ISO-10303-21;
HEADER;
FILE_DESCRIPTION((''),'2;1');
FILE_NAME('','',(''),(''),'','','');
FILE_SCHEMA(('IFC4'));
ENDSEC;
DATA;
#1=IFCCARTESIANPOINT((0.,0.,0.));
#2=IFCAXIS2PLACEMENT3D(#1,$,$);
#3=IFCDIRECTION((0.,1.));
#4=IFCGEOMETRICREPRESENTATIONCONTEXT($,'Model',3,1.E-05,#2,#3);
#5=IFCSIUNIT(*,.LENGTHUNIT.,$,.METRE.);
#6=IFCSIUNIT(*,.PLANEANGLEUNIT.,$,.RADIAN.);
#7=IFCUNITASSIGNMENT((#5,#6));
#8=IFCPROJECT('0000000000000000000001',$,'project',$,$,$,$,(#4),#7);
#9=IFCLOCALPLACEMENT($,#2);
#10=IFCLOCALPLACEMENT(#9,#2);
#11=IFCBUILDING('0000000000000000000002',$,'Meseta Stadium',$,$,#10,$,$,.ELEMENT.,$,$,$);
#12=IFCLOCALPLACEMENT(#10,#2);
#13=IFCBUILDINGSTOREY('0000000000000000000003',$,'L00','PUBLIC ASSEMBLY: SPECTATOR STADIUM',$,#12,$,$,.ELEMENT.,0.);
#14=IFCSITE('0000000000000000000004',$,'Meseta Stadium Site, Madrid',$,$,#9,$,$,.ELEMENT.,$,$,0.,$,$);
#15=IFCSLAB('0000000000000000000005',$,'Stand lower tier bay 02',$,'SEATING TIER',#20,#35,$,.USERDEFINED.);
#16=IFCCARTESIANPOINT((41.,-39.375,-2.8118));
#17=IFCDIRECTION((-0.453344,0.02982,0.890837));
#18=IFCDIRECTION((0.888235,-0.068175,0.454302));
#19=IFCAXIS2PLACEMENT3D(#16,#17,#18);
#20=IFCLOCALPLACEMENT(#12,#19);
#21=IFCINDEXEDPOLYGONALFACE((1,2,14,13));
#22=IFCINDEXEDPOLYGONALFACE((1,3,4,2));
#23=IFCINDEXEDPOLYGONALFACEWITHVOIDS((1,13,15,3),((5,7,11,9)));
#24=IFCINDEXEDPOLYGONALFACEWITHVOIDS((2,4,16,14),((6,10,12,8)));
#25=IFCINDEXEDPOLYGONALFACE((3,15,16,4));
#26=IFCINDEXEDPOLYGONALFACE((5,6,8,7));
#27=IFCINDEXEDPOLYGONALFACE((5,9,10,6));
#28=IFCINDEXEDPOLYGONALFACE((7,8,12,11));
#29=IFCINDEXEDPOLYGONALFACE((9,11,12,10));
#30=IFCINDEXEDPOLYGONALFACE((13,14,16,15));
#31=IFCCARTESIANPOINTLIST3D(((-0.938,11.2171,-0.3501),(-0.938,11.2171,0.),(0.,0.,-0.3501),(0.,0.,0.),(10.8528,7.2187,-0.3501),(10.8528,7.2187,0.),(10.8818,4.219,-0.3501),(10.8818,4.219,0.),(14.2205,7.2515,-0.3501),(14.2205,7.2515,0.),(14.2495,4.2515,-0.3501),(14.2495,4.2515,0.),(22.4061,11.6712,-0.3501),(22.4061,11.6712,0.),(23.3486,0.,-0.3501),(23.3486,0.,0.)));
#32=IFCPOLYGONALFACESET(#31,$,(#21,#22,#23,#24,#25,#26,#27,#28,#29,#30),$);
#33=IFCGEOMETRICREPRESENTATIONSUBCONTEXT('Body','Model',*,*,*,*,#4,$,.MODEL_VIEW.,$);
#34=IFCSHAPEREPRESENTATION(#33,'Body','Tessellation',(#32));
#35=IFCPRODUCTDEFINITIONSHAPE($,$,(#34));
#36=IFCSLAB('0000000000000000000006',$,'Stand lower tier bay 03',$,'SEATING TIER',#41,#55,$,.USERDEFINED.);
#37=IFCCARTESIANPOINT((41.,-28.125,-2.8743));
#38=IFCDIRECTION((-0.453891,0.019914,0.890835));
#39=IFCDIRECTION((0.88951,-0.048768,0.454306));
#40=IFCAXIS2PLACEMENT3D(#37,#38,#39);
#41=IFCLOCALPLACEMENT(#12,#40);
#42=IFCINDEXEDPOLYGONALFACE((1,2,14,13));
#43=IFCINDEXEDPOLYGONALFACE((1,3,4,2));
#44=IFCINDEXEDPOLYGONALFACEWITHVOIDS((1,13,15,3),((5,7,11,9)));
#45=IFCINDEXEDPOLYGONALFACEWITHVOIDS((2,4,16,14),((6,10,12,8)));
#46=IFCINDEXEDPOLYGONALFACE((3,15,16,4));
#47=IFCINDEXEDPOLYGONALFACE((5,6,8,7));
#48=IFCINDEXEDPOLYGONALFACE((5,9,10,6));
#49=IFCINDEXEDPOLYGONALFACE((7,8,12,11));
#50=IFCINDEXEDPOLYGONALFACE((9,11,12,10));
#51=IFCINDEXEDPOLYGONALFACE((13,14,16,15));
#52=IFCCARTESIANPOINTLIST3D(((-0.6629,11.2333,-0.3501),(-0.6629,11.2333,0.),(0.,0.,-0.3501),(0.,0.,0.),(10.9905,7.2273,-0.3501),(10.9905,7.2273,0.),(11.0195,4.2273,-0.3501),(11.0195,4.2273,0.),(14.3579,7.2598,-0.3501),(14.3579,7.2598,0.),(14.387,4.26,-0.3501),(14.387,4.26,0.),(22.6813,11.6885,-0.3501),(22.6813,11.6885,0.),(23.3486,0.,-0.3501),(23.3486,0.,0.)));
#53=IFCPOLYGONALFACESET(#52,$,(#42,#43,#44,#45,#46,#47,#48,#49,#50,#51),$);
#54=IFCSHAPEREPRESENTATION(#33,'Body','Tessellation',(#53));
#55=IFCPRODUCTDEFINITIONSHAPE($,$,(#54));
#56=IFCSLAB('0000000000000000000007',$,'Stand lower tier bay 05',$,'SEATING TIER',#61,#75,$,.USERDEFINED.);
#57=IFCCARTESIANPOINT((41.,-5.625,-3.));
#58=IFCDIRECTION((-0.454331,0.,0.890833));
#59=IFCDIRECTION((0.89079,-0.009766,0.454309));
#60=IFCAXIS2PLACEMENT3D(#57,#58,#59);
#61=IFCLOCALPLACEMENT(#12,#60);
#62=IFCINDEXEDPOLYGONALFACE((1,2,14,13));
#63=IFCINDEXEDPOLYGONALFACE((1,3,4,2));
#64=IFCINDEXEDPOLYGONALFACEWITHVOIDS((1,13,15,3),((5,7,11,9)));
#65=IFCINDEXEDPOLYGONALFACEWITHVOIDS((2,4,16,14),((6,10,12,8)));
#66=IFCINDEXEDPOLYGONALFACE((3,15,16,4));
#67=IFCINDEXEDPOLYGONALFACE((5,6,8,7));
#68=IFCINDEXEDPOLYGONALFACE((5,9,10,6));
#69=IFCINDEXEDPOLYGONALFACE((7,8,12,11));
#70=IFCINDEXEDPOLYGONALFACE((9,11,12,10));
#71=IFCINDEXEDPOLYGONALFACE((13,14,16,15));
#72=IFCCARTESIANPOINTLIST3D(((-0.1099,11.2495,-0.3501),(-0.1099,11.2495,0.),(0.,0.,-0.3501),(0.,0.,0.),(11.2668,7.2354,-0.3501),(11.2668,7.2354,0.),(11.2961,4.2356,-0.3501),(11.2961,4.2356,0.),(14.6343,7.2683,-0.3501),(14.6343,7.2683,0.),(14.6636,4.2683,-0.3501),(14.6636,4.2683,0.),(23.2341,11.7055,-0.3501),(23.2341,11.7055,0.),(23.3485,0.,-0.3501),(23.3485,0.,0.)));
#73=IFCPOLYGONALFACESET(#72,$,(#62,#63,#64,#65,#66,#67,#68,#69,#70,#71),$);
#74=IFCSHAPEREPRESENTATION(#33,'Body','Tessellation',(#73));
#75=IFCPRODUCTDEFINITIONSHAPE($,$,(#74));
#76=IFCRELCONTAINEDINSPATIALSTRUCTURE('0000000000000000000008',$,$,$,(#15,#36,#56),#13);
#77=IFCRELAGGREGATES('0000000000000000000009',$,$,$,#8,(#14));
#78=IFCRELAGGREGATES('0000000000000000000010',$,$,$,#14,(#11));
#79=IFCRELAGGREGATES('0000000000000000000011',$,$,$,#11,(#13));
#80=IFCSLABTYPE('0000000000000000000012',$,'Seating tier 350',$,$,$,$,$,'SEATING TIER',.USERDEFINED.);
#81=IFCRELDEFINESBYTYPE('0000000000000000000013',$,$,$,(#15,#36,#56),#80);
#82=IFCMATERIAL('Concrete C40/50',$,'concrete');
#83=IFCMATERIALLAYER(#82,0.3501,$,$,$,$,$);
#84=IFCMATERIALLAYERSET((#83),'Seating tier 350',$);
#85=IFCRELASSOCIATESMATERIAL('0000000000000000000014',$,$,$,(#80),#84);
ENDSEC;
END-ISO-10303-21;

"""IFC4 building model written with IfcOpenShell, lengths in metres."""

from ifc_helpers import new_model, si_unit, direction, frame, origin, place, context, subcontext, project, spatial, polyline, outline, extrude, material, layer, layer_set, type_object, element, save


model = new_model("IFC4")

# Units and contexts
model_context = context("Model", 3, precision=1e-05, world=origin(), true_north=direction((0.0, 1.0)))
body_context = subcontext(model_context, "Body", "Model", "MODEL_VIEW")
ifc_project = project(units=[si_unit("LENGTHUNIT", "METRE"), si_unit("PLANEANGLEUNIT", "RADIAN")], contexts=[model_context])

# Site, building, storey
site_placement = place(None, origin())
site = spatial("IfcSite", under=ifc_project, at=site_placement, Name="Meseta Stadium Site, Madrid", CompositionType="ELEMENT", RefElevation=0.0)
building_placement = place(site_placement, origin())
building = spatial("IfcBuilding", under=site, at=building_placement, Name="Meseta Stadium", CompositionType="ELEMENT")
storey_placement = place(building_placement, origin())
storey = spatial("IfcBuildingStorey", under=building, at=storey_placement, Name="L00", Description="PUBLIC ASSEMBLY: SPECTATOR STADIUM", CompositionType="ELEMENT", Elevation=0.0)

# Slabs
ifc_material_1 = material(Name="Concrete C40/50", Category="concrete")
ifc_layer_1 = layer(ifc_material_1, 0.3501)
ifc_layer_set_1 = layer_set([ifc_layer_1], Name="Seating tier 350")
slab_type_1 = type_object("IfcSlabType", Name="Seating tier 350", ElementType="SEATING TIER", PredefinedType="USERDEFINED", material=ifc_layer_set_1)
slab_1_placement = place(storey_placement, frame((41.0, -39.375, -2.8118), z_axis=(-0.453344, 0.02982, 0.890837), x_axis=(0.888235, -0.068175, 0.454302)))
element("IfcSlab", 1, at=slab_1_placement, inside=storey, type_object=slab_type_1, Name="Stand lower tier bay 02", ObjectType="SEATING TIER", PredefinedType="USERDEFINED", context=body_context, shape_type="SweptSolid", body=[
    extrude(outline(polyline([(0.0, 0.0), (23.3486, 0.0), (22.4061, 11.6712), (-0.938, 11.2171), (0.0, 0.0)]), holes=[polyline([(10.8818, 4.219), (14.2495, 4.2515), (14.2205, 7.2515), (10.8528, 7.2188), (10.8818, 4.219)])]), origin(), (0.0, 0.0, -1.0), 0.3501),
])
slab_2_placement = place(storey_placement, frame((41.0, -28.125, -2.8743), z_axis=(-0.453891, 0.019914, 0.890835), x_axis=(0.88951, -0.048768, 0.454306)))
element("IfcSlab", 2, at=slab_2_placement, inside=storey, type_object=slab_type_1, Name="Stand lower tier bay 03", ObjectType="SEATING TIER", PredefinedType="USERDEFINED", context=body_context, shape_type="SweptSolid", body=[
    extrude(outline(polyline([(0.0, 0.0), (23.3486, 0.0), (22.6813, 11.6885), (-0.6629, 11.2333), (0.0, 0.0)]), holes=[polyline([(11.0195, 4.2273), (14.387, 4.26), (14.3579, 7.2598), (10.9905, 7.2273), (11.0195, 4.2273)])]), origin(), (0.0, 0.0, -1.0), 0.3501),
])
slab_3_placement = place(storey_placement, frame((41.0, -5.625, -3.0), z_axis=(-0.454331, 0.0, 0.890833), x_axis=(0.89079, -0.009766, 0.454309)))
element("IfcSlab", 3, at=slab_3_placement, inside=storey, type_object=slab_type_1, Name="Stand lower tier bay 05", ObjectType="SEATING TIER", PredefinedType="USERDEFINED", context=body_context, shape_type="SweptSolid", body=[
    extrude(outline(polyline([(0.0, 0.0), (23.3485, 0.0), (23.2341, 11.7055), (-0.1099, 11.2495), (0.0, 0.0)]), holes=[polyline([(11.2961, 4.2356), (14.6636, 4.2683), (14.6343, 7.2683), (11.2668, 7.2354), (11.2961, 4.2356)])]), origin(), (0.0, 0.0, -1.0), 0.3501),
])

save(model, "model.ifc")
